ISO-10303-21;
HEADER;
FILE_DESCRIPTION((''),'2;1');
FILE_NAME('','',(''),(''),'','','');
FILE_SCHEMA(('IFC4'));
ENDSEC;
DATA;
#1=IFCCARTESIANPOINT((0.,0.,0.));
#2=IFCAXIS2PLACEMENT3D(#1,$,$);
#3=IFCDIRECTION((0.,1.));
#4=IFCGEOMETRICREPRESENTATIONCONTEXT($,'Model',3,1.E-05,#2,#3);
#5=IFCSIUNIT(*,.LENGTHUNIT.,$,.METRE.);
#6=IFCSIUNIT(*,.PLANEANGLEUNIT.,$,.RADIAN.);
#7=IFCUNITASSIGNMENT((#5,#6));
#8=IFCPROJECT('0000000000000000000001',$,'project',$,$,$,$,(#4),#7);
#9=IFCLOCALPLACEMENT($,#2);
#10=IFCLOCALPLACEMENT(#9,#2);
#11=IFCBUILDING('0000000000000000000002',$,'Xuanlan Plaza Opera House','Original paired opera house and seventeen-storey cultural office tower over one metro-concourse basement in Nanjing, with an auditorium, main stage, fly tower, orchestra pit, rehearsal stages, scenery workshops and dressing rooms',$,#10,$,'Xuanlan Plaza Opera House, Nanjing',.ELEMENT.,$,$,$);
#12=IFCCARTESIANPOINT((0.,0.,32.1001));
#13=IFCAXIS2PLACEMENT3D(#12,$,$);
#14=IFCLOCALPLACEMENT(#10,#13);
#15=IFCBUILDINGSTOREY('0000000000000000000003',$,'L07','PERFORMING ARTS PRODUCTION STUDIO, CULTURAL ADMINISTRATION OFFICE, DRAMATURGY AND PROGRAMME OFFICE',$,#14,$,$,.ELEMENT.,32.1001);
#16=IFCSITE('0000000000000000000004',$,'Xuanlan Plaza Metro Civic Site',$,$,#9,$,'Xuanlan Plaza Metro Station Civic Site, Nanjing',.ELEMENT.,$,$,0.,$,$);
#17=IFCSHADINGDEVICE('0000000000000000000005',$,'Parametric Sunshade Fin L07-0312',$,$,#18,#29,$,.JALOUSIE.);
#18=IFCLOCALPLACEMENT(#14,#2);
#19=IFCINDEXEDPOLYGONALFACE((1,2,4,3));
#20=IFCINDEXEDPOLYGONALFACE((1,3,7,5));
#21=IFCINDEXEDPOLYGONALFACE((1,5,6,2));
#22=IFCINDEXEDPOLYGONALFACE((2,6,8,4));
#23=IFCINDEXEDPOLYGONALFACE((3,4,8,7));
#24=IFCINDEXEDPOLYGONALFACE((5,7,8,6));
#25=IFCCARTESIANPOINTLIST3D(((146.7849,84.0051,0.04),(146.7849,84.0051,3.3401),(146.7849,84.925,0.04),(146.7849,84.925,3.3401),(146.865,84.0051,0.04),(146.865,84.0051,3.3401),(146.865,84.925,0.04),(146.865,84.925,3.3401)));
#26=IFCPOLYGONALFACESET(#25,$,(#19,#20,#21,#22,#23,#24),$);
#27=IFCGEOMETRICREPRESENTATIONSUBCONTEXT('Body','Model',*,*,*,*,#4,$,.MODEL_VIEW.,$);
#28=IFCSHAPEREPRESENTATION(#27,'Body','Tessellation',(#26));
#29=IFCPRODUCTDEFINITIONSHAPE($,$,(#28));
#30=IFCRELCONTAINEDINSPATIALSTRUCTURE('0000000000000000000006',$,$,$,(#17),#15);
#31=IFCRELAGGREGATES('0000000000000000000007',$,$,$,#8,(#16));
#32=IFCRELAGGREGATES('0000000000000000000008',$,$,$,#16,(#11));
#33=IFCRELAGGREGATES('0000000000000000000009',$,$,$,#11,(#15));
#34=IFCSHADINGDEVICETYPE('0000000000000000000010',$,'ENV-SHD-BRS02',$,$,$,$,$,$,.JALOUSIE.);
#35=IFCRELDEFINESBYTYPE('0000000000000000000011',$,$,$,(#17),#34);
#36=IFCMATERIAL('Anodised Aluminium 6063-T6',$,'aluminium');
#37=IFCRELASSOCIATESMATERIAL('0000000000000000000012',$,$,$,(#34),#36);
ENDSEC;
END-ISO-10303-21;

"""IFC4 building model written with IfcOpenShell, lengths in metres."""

from ifc_helpers import new_model, si_unit, direction, frame, origin, origin_2d, place, context, subcontext, project, spatial, rectangle, extrude, material, type_object, element, save


model = new_model("IFC4")

# Units and contexts
model_context = context("Model", 3, precision=1e-05, world=origin(), true_north=direction((0.0, 1.0)))
body_context = subcontext(model_context, "Body", "Model", "MODEL_VIEW")
ifc_project = project(units=[si_unit("LENGTHUNIT", "METRE"), si_unit("PLANEANGLEUNIT", "RADIAN")], contexts=[model_context])

# Site, building, storey
site_placement = place(None, origin())
site = spatial("IfcSite", under=ifc_project, at=site_placement, Name="Xuanlan Plaza Metro Civic Site", LongName="Xuanlan Plaza Metro Station Civic Site, Nanjing", CompositionType="ELEMENT", RefElevation=0.0)
building_placement = place(site_placement, origin())
building = spatial("IfcBuilding", under=site, at=building_placement, Name="Xuanlan Plaza Opera House", Description="Original paired opera house and seventeen-storey cultural office tower over one metro-concourse basement in Nanjing, with an auditorium, main stage, fly tower, orchestra pit, rehearsal stages, scenery workshops and dressing rooms", LongName="Xuanlan Plaza Opera House, Nanjing", CompositionType="ELEMENT")
storey_placement = place(building_placement, frame((0.0, 0.0, 32.1001)))
storey = spatial("IfcBuildingStorey", under=building, at=storey_placement, Name="L07", Description="PERFORMING ARTS PRODUCTION STUDIO, CULTURAL ADMINISTRATION OFFICE, DRAMATURGY AND PROGRAMME OFFICE", CompositionType="ELEMENT", Elevation=32.1001)

# Shared definitions
ifc_material_1 = material(Name="Anodised Aluminium 6063-T6", Category="aluminium")

# Shading device
shading_device_type_1 = type_object("IfcShadingDeviceType", Name="ENV-SHD-BRS02", PredefinedType="JALOUSIE", material=ifc_material_1)
shading_device_1_placement = place(storey_placement, frame((146.825, 84.4651, 0.04), z_axis=(0.0, 0.0, 1.0), x_axis=(0.0, 1.0, 0.0)))
element("IfcShadingDevice", 1, at=shading_device_1_placement, inside=storey, type_object=shading_device_type_1, Name="Parametric Sunshade Fin L07-0312", PredefinedType="JALOUSIE", context=body_context, shape_type="SweptSolid", body=[
    extrude(rectangle(XDim=0.9199, YDim=0.0801, at=origin_2d()), origin(), (0.0, 0.0, 1.0), 3.3),
])

save(model, "model.ifc")
